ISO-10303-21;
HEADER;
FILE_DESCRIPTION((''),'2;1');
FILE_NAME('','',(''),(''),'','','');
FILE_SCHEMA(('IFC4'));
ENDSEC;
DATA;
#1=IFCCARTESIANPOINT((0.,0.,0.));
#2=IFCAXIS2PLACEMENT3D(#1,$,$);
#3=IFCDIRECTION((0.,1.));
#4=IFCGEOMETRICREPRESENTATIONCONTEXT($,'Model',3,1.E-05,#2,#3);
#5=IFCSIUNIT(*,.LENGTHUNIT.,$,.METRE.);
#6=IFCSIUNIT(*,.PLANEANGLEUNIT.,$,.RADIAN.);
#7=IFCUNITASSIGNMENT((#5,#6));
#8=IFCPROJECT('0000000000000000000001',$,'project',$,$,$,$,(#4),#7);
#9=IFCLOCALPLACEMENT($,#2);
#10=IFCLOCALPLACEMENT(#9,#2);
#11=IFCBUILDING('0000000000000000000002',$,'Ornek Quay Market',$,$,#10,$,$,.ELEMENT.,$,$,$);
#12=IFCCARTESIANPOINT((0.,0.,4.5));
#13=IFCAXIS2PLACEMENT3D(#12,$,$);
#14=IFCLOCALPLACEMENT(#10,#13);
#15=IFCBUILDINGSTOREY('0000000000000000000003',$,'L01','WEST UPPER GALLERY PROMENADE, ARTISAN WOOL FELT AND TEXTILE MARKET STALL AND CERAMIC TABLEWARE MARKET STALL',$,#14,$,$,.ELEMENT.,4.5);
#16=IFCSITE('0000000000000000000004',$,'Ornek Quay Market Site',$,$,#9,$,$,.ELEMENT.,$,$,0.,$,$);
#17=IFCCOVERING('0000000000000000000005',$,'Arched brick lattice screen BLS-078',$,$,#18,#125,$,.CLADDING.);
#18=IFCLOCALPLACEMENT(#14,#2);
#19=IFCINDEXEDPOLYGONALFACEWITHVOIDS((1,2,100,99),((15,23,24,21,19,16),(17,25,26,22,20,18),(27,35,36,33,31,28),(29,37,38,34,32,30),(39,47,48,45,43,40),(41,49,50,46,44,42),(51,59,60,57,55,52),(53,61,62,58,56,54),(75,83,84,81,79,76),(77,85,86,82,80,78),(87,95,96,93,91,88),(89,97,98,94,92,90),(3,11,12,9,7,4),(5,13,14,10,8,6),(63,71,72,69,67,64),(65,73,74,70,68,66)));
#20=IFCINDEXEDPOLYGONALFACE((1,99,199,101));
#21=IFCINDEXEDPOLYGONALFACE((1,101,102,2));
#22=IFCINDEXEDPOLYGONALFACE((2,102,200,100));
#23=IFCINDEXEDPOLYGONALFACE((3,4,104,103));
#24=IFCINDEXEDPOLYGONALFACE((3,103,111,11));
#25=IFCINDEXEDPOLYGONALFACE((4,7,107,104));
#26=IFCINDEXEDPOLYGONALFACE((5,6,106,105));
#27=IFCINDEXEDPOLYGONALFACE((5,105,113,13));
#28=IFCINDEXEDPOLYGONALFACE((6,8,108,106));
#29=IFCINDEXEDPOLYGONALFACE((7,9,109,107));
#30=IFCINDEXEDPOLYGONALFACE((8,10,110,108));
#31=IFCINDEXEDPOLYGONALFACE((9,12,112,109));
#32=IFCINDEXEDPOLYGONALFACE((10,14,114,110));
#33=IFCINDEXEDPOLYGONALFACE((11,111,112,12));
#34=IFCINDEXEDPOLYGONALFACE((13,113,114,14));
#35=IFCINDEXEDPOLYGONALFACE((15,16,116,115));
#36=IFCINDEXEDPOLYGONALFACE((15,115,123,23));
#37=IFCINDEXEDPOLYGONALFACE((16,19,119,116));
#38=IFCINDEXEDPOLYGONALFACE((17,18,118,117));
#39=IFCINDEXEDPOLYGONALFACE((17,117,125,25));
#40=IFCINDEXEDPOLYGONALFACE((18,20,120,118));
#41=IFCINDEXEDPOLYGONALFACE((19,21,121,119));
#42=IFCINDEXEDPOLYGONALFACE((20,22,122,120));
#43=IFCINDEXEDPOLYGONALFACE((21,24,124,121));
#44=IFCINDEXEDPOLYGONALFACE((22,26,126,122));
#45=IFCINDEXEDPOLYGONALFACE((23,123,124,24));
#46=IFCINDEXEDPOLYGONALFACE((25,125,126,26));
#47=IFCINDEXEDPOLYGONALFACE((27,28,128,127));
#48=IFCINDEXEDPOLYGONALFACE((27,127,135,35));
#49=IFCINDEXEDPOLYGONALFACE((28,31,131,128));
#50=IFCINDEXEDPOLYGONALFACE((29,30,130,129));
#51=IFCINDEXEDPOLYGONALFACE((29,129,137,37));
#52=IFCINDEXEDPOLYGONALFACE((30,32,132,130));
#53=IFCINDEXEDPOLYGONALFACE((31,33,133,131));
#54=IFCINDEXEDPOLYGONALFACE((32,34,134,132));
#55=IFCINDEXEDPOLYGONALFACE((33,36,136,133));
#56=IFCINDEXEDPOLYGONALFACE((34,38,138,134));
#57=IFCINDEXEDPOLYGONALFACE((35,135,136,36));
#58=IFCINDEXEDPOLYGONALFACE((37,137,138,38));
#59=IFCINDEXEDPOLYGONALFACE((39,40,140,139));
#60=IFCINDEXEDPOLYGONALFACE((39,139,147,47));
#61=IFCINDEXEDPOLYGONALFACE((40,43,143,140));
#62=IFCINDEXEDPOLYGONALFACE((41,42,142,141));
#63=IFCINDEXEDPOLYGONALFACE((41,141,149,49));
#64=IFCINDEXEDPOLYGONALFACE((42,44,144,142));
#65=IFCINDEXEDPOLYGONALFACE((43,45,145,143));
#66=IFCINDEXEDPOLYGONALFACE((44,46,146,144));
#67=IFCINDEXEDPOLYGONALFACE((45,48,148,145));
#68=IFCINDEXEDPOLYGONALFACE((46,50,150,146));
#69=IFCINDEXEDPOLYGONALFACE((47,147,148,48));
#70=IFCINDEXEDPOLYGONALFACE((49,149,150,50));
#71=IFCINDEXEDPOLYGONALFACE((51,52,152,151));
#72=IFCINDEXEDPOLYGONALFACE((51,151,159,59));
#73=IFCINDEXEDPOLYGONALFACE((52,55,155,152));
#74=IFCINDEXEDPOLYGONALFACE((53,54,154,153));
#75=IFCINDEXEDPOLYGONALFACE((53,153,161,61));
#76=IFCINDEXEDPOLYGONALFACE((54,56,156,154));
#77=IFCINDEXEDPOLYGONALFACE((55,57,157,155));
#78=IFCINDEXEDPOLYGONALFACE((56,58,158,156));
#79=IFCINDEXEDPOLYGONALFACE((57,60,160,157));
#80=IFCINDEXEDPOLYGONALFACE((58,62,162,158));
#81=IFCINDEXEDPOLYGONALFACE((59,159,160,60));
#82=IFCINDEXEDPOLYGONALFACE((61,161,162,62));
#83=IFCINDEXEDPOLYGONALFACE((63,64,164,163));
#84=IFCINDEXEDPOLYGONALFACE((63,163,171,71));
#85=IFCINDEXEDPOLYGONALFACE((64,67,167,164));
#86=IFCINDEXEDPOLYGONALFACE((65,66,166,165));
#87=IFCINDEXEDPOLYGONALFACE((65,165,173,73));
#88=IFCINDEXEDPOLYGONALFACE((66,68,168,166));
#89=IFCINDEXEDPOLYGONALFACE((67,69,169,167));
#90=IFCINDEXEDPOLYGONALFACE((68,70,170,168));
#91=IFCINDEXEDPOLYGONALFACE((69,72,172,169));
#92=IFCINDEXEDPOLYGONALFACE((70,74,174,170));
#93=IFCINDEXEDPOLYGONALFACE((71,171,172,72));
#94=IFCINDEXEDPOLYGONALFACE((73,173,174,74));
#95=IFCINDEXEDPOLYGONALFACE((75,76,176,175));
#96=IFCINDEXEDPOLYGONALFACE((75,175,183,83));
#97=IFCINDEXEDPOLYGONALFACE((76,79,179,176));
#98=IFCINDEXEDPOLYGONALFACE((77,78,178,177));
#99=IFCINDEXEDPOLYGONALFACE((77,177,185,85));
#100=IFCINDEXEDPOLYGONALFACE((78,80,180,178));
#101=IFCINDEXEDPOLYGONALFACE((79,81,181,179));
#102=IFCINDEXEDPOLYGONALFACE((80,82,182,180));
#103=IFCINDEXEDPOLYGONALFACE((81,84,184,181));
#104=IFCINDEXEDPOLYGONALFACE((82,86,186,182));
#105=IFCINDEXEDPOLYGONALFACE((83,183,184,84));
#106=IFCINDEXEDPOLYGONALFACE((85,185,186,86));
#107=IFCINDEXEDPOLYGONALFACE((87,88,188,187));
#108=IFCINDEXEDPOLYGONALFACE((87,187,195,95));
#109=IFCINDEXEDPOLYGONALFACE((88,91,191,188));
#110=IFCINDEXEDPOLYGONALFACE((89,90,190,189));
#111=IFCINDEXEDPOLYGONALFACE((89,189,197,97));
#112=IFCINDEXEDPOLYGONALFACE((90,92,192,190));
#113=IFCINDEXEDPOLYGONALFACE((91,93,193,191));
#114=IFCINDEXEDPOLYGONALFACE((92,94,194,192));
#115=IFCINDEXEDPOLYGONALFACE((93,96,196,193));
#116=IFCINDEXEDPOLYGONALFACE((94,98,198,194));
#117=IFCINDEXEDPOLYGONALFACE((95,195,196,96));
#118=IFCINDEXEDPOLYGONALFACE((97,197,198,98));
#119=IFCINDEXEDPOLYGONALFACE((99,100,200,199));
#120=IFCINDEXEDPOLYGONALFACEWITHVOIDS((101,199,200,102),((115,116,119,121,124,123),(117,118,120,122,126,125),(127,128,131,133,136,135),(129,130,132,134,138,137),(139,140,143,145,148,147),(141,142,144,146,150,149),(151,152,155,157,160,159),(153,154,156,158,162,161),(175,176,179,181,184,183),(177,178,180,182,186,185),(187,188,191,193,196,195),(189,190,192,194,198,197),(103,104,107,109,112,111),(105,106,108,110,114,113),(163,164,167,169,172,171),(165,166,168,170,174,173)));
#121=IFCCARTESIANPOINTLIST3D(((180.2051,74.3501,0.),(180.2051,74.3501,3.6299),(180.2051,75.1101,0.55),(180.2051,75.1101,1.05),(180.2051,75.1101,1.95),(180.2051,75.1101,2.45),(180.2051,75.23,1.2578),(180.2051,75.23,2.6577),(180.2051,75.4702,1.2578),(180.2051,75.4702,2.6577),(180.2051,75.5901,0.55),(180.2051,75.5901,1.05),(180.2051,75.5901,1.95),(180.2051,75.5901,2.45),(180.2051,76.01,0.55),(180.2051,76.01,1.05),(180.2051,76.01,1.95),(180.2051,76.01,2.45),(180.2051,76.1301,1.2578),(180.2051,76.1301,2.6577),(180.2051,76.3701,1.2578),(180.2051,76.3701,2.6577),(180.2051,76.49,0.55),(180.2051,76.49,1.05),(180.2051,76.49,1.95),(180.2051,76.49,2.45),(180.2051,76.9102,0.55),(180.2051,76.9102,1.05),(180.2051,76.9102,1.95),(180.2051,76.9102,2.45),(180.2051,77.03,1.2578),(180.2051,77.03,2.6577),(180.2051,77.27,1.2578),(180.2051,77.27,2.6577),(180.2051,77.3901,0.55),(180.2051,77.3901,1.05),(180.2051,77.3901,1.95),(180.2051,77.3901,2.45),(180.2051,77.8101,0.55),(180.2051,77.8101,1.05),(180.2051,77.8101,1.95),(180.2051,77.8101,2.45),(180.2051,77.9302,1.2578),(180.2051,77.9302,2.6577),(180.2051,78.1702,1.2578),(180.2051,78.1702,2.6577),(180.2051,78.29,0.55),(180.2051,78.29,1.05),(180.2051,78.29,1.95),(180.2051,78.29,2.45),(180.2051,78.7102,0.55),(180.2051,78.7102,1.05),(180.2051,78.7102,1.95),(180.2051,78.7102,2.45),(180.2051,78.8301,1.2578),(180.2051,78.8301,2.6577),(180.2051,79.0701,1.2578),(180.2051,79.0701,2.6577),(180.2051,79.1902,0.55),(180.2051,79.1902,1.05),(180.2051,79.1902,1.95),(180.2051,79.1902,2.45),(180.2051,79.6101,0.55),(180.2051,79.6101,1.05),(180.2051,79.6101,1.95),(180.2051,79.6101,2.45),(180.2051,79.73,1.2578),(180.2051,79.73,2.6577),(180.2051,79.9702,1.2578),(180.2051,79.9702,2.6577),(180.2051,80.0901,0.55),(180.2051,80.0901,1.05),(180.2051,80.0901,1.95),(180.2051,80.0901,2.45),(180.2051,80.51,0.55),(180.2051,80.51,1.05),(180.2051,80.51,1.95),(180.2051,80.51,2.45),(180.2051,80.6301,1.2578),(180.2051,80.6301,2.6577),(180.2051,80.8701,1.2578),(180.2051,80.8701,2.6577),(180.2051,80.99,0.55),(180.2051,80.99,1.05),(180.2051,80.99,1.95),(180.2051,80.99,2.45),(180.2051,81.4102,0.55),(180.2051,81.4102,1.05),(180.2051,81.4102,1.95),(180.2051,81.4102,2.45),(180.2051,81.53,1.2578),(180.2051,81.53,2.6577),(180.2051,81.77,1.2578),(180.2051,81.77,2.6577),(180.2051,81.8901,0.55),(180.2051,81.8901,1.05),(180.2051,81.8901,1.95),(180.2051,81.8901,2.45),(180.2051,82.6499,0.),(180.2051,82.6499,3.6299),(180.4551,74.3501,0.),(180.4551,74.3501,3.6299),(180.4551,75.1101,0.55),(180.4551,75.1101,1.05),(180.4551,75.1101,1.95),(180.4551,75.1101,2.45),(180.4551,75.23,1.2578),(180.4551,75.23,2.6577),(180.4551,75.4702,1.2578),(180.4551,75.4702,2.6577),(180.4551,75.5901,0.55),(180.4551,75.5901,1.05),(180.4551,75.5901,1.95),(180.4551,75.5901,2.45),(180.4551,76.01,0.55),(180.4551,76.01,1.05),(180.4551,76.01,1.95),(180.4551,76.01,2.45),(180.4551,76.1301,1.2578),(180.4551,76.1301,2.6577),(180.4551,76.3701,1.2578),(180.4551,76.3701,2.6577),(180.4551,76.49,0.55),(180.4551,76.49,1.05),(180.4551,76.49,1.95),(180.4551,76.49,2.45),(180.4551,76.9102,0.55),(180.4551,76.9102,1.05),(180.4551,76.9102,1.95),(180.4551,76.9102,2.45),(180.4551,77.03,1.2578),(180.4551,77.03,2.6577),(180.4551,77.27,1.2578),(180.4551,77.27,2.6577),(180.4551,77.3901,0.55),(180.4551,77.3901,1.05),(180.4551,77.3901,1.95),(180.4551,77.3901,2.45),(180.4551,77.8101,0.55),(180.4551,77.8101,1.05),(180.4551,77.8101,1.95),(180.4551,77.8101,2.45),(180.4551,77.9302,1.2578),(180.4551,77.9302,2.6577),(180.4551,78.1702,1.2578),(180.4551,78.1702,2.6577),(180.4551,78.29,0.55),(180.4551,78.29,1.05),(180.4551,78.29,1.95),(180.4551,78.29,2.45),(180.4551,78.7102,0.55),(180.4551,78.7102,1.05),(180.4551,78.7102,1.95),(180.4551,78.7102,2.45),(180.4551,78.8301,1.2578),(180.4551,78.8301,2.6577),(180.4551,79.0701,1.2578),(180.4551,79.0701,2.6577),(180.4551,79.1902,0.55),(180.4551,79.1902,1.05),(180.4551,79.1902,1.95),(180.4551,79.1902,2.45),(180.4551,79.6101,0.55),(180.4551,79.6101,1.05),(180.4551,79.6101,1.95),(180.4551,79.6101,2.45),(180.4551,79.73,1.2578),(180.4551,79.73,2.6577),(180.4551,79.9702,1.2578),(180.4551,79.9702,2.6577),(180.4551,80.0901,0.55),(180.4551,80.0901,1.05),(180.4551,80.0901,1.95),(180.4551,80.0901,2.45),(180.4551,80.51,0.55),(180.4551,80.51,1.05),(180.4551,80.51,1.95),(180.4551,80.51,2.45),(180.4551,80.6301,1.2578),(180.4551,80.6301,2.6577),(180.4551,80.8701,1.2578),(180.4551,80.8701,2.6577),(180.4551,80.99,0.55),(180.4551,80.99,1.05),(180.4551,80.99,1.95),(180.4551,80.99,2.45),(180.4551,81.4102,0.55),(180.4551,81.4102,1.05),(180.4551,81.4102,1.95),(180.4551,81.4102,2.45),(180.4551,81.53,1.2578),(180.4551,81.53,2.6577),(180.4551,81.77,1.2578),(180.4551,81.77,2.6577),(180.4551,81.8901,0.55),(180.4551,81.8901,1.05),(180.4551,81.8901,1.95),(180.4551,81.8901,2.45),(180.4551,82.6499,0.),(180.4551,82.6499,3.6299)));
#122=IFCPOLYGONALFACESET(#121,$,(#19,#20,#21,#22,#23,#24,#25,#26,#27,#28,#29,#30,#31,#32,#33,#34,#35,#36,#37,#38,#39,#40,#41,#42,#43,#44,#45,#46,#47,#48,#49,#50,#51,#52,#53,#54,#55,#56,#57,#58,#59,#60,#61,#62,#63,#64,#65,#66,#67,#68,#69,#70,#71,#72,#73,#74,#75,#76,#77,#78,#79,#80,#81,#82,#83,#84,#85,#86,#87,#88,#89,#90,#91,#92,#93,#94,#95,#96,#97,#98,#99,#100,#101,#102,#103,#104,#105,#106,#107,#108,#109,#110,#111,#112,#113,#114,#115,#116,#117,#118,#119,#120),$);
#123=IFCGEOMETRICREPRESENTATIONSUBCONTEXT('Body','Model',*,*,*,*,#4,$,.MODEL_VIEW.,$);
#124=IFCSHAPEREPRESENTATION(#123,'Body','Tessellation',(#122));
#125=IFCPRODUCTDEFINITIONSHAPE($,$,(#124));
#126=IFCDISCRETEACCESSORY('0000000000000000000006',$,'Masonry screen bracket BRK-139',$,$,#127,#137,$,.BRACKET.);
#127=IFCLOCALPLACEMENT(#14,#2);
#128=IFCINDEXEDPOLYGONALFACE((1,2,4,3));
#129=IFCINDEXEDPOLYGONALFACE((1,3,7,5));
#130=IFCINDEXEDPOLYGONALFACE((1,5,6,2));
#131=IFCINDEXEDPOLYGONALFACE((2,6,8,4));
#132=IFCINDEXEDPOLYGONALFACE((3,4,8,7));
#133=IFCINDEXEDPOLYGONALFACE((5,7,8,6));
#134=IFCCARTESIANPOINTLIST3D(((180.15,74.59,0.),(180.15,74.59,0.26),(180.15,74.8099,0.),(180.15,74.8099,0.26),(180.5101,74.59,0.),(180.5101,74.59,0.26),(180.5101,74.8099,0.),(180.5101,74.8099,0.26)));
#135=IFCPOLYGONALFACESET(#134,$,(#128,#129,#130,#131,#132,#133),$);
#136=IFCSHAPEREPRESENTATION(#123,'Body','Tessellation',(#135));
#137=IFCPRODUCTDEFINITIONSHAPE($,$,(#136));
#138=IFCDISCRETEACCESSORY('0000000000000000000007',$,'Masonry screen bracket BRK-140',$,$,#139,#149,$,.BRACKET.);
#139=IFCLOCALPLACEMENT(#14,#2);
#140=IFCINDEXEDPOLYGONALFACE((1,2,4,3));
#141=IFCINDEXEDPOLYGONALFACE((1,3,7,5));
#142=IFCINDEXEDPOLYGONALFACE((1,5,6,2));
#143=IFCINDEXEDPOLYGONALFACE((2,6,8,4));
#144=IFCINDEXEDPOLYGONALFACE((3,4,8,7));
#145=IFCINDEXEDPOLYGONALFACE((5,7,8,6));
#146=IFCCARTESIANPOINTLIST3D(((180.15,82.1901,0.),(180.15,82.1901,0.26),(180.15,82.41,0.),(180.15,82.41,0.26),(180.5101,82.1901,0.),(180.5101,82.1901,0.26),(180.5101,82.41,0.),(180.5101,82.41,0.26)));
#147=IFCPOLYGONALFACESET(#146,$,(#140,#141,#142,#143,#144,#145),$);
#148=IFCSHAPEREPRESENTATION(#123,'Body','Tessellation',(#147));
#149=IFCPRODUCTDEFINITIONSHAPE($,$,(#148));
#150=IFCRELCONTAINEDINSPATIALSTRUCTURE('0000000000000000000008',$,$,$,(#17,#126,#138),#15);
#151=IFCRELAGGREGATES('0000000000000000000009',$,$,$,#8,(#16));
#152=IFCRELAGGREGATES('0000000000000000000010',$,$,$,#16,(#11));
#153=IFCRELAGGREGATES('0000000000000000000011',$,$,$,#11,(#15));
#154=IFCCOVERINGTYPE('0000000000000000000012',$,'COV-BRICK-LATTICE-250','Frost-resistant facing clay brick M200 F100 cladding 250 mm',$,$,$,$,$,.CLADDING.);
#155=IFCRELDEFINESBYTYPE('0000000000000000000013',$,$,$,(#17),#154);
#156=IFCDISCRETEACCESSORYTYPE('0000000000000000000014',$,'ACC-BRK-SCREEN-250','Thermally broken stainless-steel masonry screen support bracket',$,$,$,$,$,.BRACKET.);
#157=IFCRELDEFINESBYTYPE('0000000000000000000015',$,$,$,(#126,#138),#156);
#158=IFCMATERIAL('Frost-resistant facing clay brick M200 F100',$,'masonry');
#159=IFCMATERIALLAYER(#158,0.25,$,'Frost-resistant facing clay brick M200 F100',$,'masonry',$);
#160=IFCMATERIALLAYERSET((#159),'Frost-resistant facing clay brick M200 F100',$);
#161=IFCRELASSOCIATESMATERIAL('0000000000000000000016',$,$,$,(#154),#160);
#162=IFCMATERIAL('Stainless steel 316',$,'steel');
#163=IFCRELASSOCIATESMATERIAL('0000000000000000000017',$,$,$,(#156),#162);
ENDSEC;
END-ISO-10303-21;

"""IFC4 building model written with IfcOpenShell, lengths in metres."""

from ifc_helpers import new_model, si_unit, direction, frame, origin, origin_2d, place, context, subcontext, project, spatial, polyline, rectangle, outline, extrude, material, layer, layer_set, type_object, element, save


model = new_model("IFC4")

# Units and contexts
model_context = context("Model", 3, precision=1e-05, world=origin(), true_north=direction((0.0, 1.0)))
body_context = subcontext(model_context, "Body", "Model", "MODEL_VIEW")
ifc_project = project(units=[si_unit("LENGTHUNIT", "METRE"), si_unit("PLANEANGLEUNIT", "RADIAN")], contexts=[model_context])

# Site, building, storey
site_placement = place(None, origin())
site = spatial("IfcSite", under=ifc_project, at=site_placement, Name="Ornek Quay Market Site", CompositionType="ELEMENT", RefElevation=0.0)
building_placement = place(site_placement, origin())
building = spatial("IfcBuilding", under=site, at=building_placement, Name="Ornek Quay Market", CompositionType="ELEMENT")
storey_placement = place(building_placement, frame((0.0, 0.0, 4.5)))
storey = spatial("IfcBuildingStorey", under=building, at=storey_placement, Name="L01", Description="WEST UPPER GALLERY PROMENADE, ARTISAN WOOL FELT AND TEXTILE MARKET STALL AND CERAMIC TABLEWARE MARKET STALL", CompositionType="ELEMENT", Elevation=4.5)

# Covering
ifc_material_1 = material(Name="Frost-resistant facing clay brick M200 F100", Category="masonry")
ifc_layer_1 = layer(ifc_material_1, 0.25, Name="Frost-resistant facing clay brick M200 F100", Category="masonry")
ifc_layer_set_1 = layer_set([ifc_layer_1], Name="Frost-resistant facing clay brick M200 F100")
covering_type = type_object("IfcCoveringType", Name="COV-BRICK-LATTICE-250", Description="Frost-resistant facing clay brick M200 F100 cladding 250 mm", PredefinedType="CLADDING", material=ifc_layer_set_1)
covering_placement = place(storey_placement, frame((180.3301, 74.3501, 0.0), z_axis=(0.0, 0.0, 1.0), x_axis=(0.0, 1.0, 0.0)))
element("IfcCovering", 1, at=covering_placement, inside=storey, type_object=covering_type, Name="Arched brick lattice screen BLS-078", PredefinedType="CLADDING", context=body_context, shape_type="SweptSolid", body=[
    extrude(outline(polyline([(0.0, 0.0), (8.2998, 0.0), (8.2998, 3.6299), (0.0, 3.6299), (0.0, 0.0)]), holes=[polyline([(0.76, 0.55), (1.24, 0.55), (1.24, 1.05), (1.1201, 1.2578), (0.8799, 1.2578), (0.76, 1.05), (0.76, 0.55)]), polyline([(0.76, 1.95), (1.24, 1.95), (1.24, 2.45), (1.1201, 2.6577), (0.8799, 2.6577), (0.76, 2.45), (0.76, 1.95)]), polyline([(1.6599, 0.55), (2.1399, 0.55), (2.1399, 1.05), (2.02, 1.2578), (1.78, 1.2578), (1.6599, 1.05), (1.6599, 0.55)]), polyline([(1.6599, 1.95), (2.1399, 1.95), (2.1399, 2.45), (2.02, 2.6577), (1.78, 2.6577), (1.6599, 2.45), (1.6599, 1.95)]), polyline([(2.5601, 0.55), (3.04, 0.55), (3.04, 1.05), (2.9199, 1.2578), (2.6799, 1.2578), (2.5601, 1.05), (2.5601, 0.55)]), polyline([(2.5601, 1.95), (3.04, 1.95), (3.04, 2.45), (2.9199, 2.6577), (2.6799, 2.6577), (2.5601, 2.45), (2.5601, 1.95)]), polyline([(3.46, 0.55), (3.9399, 0.55), (3.9399, 1.05), (3.8201, 1.2578), (3.5801, 1.2578), (3.46, 1.05), (3.46, 0.55)]), polyline([(3.46, 1.95), (3.9399, 1.95), (3.9399, 2.45), (3.8201, 2.6577), (3.5801, 2.6577), (3.46, 2.45), (3.46, 1.95)]), polyline([(4.3601, 0.55), (4.8401, 0.55), (4.8401, 1.05), (4.72, 1.2578), (4.48, 1.2578), (4.3601, 1.05), (4.3601, 0.55)]), polyline([(4.3601, 1.95), (4.8401, 1.95), (4.8401, 2.45), (4.72, 2.6577), (4.48, 2.6577), (4.3601, 2.45), (4.3601, 1.95)]), polyline([(5.26, 0.55), (5.74, 0.55), (5.74, 1.05), (5.6201, 1.2578), (5.3799, 1.2578), (5.26, 1.05), (5.26, 0.55)]), polyline([(5.26, 1.95), (5.74, 1.95), (5.74, 2.45), (5.6201, 2.6577), (5.3799, 2.6577), (5.26, 2.45), (5.26, 1.95)]), polyline([(6.1599, 0.55), (6.6399, 0.55), (6.6399, 1.05), (6.52, 1.2578), (6.28, 1.2578), (6.1599, 1.05), (6.1599, 0.55)]), polyline([(6.1599, 1.95), (6.6399, 1.95), (6.6399, 2.45), (6.52, 2.6577), (6.28, 2.6577), (6.1599, 2.45), (6.1599, 1.95)]), polyline([(7.0601, 0.55), (7.54, 0.55), (7.54, 1.05), (7.4199, 1.2578), (7.1799, 1.2578), (7.0601, 1.05), (7.0601, 0.55)]), polyline([(7.0601, 1.95), (7.54, 1.95), (7.54, 2.45), (7.4199, 2.6577), (7.1799, 2.6577), (7.0601, 2.45), (7.0601, 1.95)])]), frame((0.0, 0.125, 0.0), z_axis=(0.0, -1.0, 0.0), x_axis=(1.0, 0.0, 0.0)), (0.0, 0.0, 1.0), 0.25),
])

# Discrete accessories
ifc_material_2 = material(Name="Stainless steel 316", Category="steel")
discrete_accessory_type = type_object("IfcDiscreteAccessoryType", Name="ACC-BRK-SCREEN-250", Description="Thermally broken stainless-steel masonry screen support bracket", PredefinedType="BRACKET", material=ifc_material_2)
for number, where, z_axis, x_axis, name in (
    (2, (180.3301, 74.7, 0.0), (0.0, 0.0, 1.0), (0.0, 1.0, 0.0), "Masonry screen bracket BRK-139"),
    (3, (180.3301, 82.3, 0.0), (0.0, 0.0, 1.0), (0.0, 1.0, 0.0), "Masonry screen bracket BRK-140"),
):
    element("IfcDiscreteAccessory", number, at=place(storey_placement, frame(where, z_axis=z_axis, x_axis=x_axis)), inside=storey, type_object=discrete_accessory_type, Name=name, PredefinedType="BRACKET", context=body_context, shape_type="SweptSolid", body=[
        extrude(rectangle(XDim=0.22, YDim=0.3601, at=origin_2d()), origin(), (0.0, 0.0, 1.0), 0.26),
    ])

save(model, "model.ifc")
